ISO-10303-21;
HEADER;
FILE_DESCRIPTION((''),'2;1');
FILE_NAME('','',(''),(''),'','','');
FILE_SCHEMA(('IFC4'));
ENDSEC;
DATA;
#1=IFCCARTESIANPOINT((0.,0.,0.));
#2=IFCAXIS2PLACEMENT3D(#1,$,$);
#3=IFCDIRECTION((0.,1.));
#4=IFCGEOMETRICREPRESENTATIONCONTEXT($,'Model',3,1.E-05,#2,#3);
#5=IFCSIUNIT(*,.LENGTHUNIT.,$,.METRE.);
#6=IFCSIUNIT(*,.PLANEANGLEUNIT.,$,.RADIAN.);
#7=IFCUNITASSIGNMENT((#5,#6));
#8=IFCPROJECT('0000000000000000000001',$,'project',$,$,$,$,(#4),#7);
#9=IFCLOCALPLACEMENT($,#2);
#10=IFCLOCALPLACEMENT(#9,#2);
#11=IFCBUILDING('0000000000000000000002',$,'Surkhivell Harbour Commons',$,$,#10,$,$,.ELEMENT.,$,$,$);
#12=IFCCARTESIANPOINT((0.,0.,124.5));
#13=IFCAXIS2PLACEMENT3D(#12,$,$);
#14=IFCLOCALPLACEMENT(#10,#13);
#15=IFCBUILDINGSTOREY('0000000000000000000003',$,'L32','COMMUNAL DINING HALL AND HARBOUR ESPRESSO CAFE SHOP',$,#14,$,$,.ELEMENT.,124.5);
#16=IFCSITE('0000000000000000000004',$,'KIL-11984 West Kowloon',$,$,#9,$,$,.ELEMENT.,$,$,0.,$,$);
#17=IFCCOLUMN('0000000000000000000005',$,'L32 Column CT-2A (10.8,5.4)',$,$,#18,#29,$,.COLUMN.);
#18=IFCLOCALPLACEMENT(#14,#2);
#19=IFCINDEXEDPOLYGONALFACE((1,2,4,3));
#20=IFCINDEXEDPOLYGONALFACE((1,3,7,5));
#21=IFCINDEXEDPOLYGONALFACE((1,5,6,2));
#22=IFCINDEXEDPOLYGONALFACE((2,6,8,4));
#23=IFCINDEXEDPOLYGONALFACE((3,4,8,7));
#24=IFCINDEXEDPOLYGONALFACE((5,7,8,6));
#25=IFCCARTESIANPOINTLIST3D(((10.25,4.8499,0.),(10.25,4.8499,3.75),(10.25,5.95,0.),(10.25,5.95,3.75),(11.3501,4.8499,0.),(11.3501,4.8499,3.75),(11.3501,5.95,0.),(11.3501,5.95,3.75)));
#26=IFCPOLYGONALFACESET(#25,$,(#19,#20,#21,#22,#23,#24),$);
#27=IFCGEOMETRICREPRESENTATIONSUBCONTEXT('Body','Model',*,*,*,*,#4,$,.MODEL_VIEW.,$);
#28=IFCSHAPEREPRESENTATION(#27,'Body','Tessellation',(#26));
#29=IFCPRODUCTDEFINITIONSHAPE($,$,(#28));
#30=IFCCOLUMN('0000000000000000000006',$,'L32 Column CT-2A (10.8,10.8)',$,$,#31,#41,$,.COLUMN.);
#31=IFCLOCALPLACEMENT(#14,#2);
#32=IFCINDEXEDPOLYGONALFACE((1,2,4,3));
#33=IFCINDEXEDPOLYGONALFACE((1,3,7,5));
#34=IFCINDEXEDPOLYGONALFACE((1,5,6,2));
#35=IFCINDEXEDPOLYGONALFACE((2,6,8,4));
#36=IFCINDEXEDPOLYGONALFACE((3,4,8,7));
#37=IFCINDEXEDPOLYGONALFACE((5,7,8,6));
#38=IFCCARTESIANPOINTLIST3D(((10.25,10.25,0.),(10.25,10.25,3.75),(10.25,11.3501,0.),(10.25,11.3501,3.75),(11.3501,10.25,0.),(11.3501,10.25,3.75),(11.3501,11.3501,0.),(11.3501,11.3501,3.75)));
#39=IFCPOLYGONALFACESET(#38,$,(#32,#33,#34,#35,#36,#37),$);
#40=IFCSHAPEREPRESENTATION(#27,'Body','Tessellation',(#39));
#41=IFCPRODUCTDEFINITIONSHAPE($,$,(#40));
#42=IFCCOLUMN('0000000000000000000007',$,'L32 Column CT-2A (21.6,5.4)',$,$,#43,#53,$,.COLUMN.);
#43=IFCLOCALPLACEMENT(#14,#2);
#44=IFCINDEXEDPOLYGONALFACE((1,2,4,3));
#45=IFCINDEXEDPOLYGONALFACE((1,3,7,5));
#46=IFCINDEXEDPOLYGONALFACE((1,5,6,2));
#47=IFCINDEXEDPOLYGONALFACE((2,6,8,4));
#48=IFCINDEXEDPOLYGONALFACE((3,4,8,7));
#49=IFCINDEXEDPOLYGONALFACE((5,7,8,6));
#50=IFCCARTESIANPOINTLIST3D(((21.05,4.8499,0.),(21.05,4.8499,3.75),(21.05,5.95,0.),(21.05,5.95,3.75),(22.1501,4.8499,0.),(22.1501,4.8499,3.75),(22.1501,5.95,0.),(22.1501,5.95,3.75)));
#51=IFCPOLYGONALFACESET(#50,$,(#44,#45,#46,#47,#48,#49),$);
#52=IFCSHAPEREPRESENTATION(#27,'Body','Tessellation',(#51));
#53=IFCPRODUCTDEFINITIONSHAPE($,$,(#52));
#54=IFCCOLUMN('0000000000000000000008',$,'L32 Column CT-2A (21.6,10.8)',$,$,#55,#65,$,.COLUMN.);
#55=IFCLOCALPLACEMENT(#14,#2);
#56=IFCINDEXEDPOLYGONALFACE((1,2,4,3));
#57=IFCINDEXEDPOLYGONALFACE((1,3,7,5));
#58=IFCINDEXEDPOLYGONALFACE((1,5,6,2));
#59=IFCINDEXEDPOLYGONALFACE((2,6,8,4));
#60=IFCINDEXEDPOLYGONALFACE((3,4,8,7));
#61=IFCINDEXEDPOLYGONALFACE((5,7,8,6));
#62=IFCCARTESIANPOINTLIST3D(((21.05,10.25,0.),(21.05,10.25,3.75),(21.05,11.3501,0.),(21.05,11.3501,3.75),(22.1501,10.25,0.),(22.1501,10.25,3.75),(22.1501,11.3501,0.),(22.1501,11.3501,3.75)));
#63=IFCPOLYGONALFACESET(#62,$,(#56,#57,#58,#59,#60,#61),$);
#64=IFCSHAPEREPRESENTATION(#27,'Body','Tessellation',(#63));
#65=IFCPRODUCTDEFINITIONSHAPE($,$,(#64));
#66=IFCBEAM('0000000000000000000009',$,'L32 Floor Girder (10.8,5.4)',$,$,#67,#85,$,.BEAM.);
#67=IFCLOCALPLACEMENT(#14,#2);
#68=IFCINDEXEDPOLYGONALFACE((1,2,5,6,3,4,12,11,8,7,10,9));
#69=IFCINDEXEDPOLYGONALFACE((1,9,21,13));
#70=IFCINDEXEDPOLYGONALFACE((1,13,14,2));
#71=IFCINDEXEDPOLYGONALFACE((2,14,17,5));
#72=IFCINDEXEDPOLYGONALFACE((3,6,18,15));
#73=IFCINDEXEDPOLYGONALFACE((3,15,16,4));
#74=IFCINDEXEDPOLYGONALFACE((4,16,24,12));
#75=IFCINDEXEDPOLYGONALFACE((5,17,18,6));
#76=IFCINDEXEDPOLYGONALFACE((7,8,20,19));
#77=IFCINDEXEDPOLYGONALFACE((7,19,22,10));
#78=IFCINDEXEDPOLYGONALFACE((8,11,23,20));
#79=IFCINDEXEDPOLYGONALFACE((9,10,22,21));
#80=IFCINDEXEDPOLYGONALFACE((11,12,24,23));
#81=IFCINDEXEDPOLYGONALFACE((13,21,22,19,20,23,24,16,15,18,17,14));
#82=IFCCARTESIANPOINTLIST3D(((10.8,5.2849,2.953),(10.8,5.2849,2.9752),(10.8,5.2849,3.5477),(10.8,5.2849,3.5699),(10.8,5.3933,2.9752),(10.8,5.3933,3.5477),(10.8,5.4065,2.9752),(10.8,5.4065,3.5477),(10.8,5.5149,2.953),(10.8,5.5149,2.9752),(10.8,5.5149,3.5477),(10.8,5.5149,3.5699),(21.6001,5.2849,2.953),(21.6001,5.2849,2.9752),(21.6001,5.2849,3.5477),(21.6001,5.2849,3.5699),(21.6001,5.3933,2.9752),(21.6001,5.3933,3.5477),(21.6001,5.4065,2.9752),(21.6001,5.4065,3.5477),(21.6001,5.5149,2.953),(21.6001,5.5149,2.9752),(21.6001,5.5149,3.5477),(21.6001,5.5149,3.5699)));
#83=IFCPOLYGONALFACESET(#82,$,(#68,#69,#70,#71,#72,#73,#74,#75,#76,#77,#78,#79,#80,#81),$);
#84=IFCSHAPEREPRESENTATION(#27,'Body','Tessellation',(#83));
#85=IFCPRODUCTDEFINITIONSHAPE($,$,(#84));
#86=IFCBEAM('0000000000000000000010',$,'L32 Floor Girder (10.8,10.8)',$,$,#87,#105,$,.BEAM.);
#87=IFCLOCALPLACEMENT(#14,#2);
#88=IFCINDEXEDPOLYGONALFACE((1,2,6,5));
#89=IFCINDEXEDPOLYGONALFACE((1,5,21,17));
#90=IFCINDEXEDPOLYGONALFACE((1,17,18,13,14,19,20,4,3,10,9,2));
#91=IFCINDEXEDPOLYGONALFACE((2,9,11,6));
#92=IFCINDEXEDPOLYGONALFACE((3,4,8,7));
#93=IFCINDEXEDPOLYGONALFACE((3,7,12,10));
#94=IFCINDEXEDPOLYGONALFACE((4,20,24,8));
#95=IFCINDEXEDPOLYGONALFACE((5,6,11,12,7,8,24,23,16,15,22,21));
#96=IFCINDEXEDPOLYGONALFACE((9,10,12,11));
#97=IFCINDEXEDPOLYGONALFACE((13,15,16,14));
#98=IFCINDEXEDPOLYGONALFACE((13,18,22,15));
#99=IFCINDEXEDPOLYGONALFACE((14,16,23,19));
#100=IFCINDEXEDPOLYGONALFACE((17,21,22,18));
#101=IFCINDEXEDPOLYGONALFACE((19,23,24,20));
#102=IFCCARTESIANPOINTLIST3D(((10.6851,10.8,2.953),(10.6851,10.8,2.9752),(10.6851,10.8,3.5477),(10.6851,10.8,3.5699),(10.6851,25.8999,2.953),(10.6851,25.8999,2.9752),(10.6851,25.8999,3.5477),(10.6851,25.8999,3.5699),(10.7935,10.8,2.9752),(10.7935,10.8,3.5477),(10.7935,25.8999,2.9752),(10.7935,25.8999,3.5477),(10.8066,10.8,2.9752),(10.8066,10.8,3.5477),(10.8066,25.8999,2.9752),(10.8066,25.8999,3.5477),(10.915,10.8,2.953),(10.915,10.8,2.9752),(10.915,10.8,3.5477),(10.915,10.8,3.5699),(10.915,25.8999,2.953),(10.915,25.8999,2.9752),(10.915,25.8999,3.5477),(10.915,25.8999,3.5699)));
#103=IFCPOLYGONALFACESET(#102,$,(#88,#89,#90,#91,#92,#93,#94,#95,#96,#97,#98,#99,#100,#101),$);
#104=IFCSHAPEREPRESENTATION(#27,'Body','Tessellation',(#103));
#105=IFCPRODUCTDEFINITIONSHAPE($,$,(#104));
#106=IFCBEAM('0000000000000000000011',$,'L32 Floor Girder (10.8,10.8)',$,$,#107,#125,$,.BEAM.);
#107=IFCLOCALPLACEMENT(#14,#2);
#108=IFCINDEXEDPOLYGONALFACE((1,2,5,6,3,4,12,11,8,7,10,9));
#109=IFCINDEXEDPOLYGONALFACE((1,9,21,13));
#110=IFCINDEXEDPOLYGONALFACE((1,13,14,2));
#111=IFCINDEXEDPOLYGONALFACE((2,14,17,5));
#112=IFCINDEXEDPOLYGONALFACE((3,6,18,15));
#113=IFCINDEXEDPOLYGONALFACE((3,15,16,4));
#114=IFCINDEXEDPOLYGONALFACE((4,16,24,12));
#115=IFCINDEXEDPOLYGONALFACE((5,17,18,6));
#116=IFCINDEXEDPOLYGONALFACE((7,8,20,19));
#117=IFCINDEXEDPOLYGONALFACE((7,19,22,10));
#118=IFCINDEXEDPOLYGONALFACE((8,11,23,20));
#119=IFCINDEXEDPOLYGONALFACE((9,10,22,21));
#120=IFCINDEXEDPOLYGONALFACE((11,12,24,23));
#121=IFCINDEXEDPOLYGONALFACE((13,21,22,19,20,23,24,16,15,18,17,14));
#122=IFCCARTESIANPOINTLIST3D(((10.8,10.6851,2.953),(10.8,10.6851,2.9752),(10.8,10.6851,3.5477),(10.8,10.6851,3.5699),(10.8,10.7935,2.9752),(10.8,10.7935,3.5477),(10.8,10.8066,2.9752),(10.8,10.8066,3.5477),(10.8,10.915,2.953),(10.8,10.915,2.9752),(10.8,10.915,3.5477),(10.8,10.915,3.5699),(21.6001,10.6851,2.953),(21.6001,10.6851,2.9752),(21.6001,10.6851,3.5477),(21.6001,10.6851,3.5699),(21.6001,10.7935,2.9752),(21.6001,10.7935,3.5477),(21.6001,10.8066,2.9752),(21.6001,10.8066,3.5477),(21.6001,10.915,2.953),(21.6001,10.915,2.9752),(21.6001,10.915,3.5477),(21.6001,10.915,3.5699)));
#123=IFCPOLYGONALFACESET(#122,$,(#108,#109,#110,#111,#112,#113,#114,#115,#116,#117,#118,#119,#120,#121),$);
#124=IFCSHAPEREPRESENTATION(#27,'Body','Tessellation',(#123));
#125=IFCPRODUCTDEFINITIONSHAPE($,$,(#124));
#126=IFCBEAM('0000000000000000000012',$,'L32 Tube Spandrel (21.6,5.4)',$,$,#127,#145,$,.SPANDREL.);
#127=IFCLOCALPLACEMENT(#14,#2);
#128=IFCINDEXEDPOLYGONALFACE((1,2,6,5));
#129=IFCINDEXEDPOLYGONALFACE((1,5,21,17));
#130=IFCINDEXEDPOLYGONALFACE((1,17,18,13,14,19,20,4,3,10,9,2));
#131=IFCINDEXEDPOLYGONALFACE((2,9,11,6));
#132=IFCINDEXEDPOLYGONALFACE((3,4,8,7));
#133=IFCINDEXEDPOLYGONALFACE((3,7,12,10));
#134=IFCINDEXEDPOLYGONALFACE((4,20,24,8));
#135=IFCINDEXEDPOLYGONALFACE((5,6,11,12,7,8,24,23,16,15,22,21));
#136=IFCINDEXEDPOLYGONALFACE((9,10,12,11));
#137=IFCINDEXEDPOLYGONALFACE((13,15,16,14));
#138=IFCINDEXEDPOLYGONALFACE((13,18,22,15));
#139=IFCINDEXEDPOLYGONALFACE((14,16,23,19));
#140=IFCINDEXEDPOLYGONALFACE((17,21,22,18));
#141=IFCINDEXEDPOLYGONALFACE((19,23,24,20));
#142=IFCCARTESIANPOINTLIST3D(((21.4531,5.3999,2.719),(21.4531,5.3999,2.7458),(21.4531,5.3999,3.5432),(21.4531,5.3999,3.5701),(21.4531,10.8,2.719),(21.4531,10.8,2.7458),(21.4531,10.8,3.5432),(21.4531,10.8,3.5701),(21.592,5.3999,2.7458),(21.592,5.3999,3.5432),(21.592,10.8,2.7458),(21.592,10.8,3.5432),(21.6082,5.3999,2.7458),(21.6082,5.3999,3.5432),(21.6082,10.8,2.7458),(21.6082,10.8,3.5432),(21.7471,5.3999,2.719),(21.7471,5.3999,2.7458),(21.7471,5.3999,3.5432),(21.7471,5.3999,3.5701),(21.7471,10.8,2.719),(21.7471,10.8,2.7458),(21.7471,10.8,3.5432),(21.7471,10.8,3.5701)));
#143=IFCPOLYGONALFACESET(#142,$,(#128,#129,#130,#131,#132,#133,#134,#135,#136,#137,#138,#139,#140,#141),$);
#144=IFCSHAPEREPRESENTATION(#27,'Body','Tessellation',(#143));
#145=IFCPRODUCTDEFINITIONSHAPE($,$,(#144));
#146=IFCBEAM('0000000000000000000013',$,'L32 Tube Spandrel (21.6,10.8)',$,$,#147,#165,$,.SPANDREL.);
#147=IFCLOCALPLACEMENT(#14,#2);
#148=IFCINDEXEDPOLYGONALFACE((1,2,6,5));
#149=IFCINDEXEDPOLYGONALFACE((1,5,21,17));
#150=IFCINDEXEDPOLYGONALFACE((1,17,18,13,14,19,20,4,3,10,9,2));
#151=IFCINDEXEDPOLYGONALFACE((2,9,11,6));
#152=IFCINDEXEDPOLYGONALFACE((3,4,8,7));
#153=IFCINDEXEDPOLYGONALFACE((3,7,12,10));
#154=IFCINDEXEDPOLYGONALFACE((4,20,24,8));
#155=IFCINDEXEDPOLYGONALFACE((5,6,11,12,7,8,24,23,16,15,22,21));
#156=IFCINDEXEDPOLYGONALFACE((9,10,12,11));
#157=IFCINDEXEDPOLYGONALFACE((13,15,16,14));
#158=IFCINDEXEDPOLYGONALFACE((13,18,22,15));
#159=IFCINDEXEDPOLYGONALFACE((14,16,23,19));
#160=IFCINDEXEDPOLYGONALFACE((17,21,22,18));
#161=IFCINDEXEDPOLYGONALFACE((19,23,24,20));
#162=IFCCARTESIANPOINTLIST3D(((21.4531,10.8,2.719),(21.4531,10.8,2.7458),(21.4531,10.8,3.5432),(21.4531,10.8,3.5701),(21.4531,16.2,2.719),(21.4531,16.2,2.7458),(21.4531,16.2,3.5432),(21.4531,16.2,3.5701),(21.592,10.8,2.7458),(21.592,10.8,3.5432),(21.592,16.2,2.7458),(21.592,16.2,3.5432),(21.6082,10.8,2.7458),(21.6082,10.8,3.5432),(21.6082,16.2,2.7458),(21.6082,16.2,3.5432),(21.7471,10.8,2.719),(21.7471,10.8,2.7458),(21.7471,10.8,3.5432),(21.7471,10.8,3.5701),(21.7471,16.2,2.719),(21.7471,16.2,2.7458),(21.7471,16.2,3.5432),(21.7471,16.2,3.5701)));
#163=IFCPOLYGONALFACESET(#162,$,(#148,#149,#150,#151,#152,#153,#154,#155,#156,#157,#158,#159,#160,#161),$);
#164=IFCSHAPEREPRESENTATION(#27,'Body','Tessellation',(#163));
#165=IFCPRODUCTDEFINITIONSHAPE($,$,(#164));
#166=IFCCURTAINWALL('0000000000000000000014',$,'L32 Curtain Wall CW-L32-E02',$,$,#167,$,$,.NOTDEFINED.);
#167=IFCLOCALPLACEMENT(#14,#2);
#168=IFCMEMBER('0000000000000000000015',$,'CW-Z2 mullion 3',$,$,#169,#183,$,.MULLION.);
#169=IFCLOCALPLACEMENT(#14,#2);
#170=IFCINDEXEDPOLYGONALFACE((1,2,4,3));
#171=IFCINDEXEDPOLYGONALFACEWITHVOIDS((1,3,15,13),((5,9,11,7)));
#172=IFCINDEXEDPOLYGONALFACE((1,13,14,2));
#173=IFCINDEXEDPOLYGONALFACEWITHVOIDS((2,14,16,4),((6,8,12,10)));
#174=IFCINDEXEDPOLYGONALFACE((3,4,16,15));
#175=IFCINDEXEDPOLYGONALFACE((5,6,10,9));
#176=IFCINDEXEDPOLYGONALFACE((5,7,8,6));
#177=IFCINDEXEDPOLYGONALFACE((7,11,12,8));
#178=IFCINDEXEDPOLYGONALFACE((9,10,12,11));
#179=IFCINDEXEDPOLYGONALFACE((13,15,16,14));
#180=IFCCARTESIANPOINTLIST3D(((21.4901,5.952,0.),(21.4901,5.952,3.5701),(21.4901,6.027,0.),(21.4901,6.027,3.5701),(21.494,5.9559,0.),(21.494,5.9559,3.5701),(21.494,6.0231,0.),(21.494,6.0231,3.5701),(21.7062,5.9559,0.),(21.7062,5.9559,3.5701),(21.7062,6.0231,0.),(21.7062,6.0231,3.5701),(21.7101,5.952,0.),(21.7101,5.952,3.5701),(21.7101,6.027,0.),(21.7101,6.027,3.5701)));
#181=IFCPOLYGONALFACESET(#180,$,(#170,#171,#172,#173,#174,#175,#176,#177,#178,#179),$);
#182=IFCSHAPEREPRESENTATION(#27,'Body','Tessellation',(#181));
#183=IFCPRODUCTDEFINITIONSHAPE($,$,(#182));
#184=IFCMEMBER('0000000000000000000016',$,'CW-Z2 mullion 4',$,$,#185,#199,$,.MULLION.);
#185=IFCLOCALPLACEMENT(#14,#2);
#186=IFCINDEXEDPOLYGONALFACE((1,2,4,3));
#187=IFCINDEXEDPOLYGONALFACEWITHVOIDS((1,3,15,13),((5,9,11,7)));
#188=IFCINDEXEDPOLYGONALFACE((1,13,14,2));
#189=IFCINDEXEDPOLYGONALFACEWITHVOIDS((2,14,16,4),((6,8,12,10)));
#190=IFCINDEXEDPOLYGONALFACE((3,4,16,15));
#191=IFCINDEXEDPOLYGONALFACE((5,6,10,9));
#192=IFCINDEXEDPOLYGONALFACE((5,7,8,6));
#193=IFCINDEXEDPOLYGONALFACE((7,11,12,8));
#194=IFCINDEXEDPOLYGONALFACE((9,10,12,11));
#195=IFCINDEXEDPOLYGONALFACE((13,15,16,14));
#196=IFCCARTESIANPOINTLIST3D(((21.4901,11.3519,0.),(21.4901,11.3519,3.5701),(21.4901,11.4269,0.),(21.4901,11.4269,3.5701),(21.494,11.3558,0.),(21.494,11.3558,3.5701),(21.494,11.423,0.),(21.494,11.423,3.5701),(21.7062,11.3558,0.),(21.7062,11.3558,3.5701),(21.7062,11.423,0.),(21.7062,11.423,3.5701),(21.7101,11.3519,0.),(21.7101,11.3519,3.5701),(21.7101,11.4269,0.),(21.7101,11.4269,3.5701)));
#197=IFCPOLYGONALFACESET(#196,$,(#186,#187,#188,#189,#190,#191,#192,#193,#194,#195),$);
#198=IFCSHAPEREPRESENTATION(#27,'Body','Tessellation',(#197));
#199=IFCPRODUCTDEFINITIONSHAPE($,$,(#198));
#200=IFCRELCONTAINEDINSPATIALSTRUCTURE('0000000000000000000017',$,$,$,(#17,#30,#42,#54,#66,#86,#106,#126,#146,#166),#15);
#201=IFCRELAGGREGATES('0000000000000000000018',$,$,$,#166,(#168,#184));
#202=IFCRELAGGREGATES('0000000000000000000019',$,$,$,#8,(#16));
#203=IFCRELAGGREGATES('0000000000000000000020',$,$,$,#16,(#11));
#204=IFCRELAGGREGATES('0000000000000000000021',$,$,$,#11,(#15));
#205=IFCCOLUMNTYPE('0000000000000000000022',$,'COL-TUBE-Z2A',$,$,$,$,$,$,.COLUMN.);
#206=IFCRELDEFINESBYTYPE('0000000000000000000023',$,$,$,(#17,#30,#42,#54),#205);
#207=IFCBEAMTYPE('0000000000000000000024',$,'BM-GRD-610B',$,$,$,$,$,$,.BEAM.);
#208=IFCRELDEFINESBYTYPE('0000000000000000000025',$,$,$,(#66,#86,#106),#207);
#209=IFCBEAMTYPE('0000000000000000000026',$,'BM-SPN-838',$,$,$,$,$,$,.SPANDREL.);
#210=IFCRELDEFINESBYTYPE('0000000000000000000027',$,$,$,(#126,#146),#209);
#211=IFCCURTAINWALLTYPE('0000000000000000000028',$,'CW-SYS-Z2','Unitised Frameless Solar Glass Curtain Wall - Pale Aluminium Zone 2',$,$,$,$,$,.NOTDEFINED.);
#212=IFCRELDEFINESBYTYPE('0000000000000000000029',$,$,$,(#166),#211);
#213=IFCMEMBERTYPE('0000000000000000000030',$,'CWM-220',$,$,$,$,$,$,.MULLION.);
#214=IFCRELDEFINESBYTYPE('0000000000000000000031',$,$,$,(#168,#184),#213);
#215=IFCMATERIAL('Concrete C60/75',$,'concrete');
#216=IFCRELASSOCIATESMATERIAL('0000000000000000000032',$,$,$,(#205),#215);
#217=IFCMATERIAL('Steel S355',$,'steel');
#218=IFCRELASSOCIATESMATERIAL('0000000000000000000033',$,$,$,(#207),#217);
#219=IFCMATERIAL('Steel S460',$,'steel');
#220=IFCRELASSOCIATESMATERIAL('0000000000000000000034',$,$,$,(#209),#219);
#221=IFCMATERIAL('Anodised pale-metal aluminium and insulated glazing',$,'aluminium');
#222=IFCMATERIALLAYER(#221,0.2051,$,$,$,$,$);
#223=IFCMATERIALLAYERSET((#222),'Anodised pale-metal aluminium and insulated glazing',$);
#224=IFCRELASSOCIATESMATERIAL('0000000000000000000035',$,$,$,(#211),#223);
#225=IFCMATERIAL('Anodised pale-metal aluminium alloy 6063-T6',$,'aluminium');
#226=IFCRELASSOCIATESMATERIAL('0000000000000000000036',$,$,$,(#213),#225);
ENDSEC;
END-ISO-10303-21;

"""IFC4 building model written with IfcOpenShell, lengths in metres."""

from ifc_helpers import new_model, si_unit, direction, frame, origin, origin_2d, place, context, subcontext, project, spatial, rectangle, hollow_rectangle, i_section, extrude, material, layer, layer_set, material_profile, profile_set, type_object, element, aggregate, save


model = new_model("IFC4")

# Units and contexts
model_context = context("Model", 3, precision=1e-05, world=origin(), true_north=direction((0.0, 1.0)))
body_context = subcontext(model_context, "Body", "Model", "MODEL_VIEW")
ifc_project = project(units=[si_unit("LENGTHUNIT", "METRE"), si_unit("PLANEANGLEUNIT", "RADIAN")], contexts=[model_context])

# Site, building, storey
site_placement = place(None, origin())
site = spatial("IfcSite", under=ifc_project, at=site_placement, Name="KIL-11984 West Kowloon", CompositionType="ELEMENT", RefElevation=0.0)
building_placement = place(site_placement, origin())
building = spatial("IfcBuilding", under=site, at=building_placement, Name="Surkhivell Harbour Commons", CompositionType="ELEMENT")
storey_placement = place(building_placement, frame((0.0, 0.0, 124.5)))
storey = spatial("IfcBuildingStorey", under=building, at=storey_placement, Name="L32", Description="COMMUNAL DINING HALL AND HARBOUR ESPRESSO CAFE SHOP", CompositionType="ELEMENT", Elevation=124.5)

# Columns
ifc_material_1 = material(Name="Concrete C60/75", Category="concrete")
ifc_material_profile_1 = material_profile(ifc_material_1, rectangle(XDim=1.1001, YDim=1.1001, at=origin_2d()), Name="RC-COL-1100x1100")
ifc_profile_set_1 = profile_set([ifc_material_profile_1], Name="Concrete C60/75")
column_type = type_object("IfcColumnType", Name="COL-TUBE-Z2A", PredefinedType="COLUMN", material=ifc_profile_set_1)
for number, where, z_axis, x_axis, name in (
    (1, (10.8, 5.3999, 0.0), (0.0, 0.0, 1.0), (1.0, 0.0, 0.0), "L32 Column CT-2A (10.8,5.4)"),
    (2, (10.8, 10.8, 0.0), (0.0, 0.0, 1.0), (1.0, 0.0, 0.0), "L32 Column CT-2A (10.8,10.8)"),
    (3, (21.6001, 5.3999, 0.0), (0.0, 0.0, 1.0), (1.0, 0.0, 0.0), "L32 Column CT-2A (21.6,5.4)"),
    (4, (21.6001, 10.8, 0.0), (0.0, 0.0, 1.0), (1.0, 0.0, 0.0), "L32 Column CT-2A (21.6,10.8)"),
):
    element("IfcColumn", number, at=place(storey_placement, frame(where, z_axis=z_axis, x_axis=x_axis)), inside=storey, type_object=column_type, Name=name, PredefinedType="COLUMN", context=body_context, shape_type="SweptSolid", body=[
        extrude(rectangle(XDim=1.1001, YDim=1.1001, at=origin_2d()), origin(), (0.0, 0.0, 1.0), 3.75),
    ])

# Beams
ifc_material_2 = material(Name="Steel S355", Category="steel")
ifc_material_profile_2 = material_profile(ifc_material_2, i_section(OverallWidth=0.23, OverallDepth=0.6169, WebThickness=0.0132, FlangeThickness=0.0222, at=origin_2d()), Name="UB610x229x140")
ifc_profile_set_2 = profile_set([ifc_material_profile_2], Name="Steel S355")
beam_type_1 = type_object("IfcBeamType", Name="BM-GRD-610B", PredefinedType="BEAM", material=ifc_profile_set_2)
beam_1_placement = place(storey_placement, frame((10.8, 5.3999, 3.2615), z_axis=(1.0, 0.0, 0.0), x_axis=(0.0, 1.0, 0.0)))
element("IfcBeam", 5, at=beam_1_placement, inside=storey, type_object=beam_type_1, Name="L32 Floor Girder (10.8,5.4)", PredefinedType="BEAM", context=body_context, shape_type="SweptSolid", body=[
    extrude(i_section(OverallWidth=0.23, OverallDepth=0.6169, WebThickness=0.0132, FlangeThickness=0.0222, at=origin_2d()), origin(), (0.0, 0.0, 1.0), 10.8),
])
beam_2_placement = place(storey_placement, frame((10.8, 10.8, 3.2615), z_axis=(0.0, 1.0, 0.0), x_axis=(-1.0, 0.0, 0.0)))
element("IfcBeam", 6, at=beam_2_placement, inside=storey, type_object=beam_type_1, Name="L32 Floor Girder (10.8,10.8)", PredefinedType="BEAM", context=body_context, shape_type="SweptSolid", body=[
    extrude(i_section(OverallWidth=0.23, OverallDepth=0.6169, WebThickness=0.0132, FlangeThickness=0.0222, at=origin_2d()), origin(), (0.0, 0.0, 1.0), 15.0999),
])
beam_3_placement = place(storey_placement, frame((10.8, 10.8, 3.2615), z_axis=(1.0, 0.0, 0.0), x_axis=(0.0, 1.0, 0.0)))
element("IfcBeam", 7, at=beam_3_placement, inside=storey, type_object=beam_type_1, Name="L32 Floor Girder (10.8,10.8)", PredefinedType="BEAM", context=body_context, shape_type="SweptSolid", body=[
    extrude(i_section(OverallWidth=0.23, OverallDepth=0.6169, WebThickness=0.0132, FlangeThickness=0.0222, at=origin_2d()), origin(), (0.0, 0.0, 1.0), 10.8),
])
ifc_material_3 = material(Name="Steel S460", Category="steel")
ifc_material_profile_3 = material_profile(ifc_material_3, i_section(OverallWidth=0.2939, OverallDepth=0.8511, WebThickness=0.0161, FlangeThickness=0.0269, at=origin_2d()), Name="UB838x292x226")
ifc_profile_set_3 = profile_set([ifc_material_profile_3], Name="Steel S460")
beam_type_2 = type_object("IfcBeamType", Name="BM-SPN-838", PredefinedType="SPANDREL", material=ifc_profile_set_3)
beam_4_placement = place(storey_placement, frame((21.6001, 5.3999, 3.1445), z_axis=(0.0, 1.0, 0.0), x_axis=(-1.0, 0.0, 0.0)))
element("IfcBeam", 8, at=beam_4_placement, inside=storey, type_object=beam_type_2, Name="L32 Tube Spandrel (21.6,5.4)", PredefinedType="SPANDREL", context=body_context, shape_type="SweptSolid", body=[
    extrude(i_section(OverallWidth=0.2939, OverallDepth=0.8511, WebThickness=0.0161, FlangeThickness=0.0269, at=origin_2d()), origin(), (0.0, 0.0, 1.0), 5.4001),
])
beam_5_placement = place(storey_placement, frame((21.6001, 10.8, 3.1445), z_axis=(0.0, 1.0, 0.0), x_axis=(-1.0, 0.0, 0.0)))
element("IfcBeam", 9, at=beam_5_placement, inside=storey, type_object=beam_type_2, Name="L32 Tube Spandrel (21.6,10.8)", PredefinedType="SPANDREL", context=body_context, shape_type="SweptSolid", body=[
    extrude(i_section(OverallWidth=0.2939, OverallDepth=0.8511, WebThickness=0.0161, FlangeThickness=0.0269, at=origin_2d()), origin(), (0.0, 0.0, 1.0), 5.3999),
])

# Curtain wall, members
ifc_material_4 = material(Name="Anodised pale-metal aluminium and insulated glazing", Category="aluminium")
ifc_layer_1 = layer(ifc_material_4, 0.2051)
ifc_layer_set_1 = layer_set([ifc_layer_1], Name="Anodised pale-metal aluminium and insulated glazing")
curtain_wall_type = type_object("IfcCurtainWallType", Name="CW-SYS-Z2", Description="Unitised Frameless Solar Glass Curtain Wall - Pale Aluminium Zone 2", PredefinedType="NOTDEFINED", material=ifc_layer_set_1)
curtain_wall_placement = place(storey_placement, origin())
curtain_wall = element("IfcCurtainWall", 10, at=curtain_wall_placement, inside=storey, type_object=curtain_wall_type, Name="L32 Curtain Wall CW-L32-E02", PredefinedType="NOTDEFINED")
ifc_material_5 = material(Name="Anodised pale-metal aluminium alloy 6063-T6", Category="aluminium")
ifc_material_profile_4 = material_profile(ifc_material_5, hollow_rectangle(XDim=0.075, YDim=0.22, WallThickness=0.0039, at=origin_2d()), Name="ALU-MULL-75x220")
ifc_profile_set_4 = profile_set([ifc_material_profile_4], Name="Anodised pale-metal aluminium alloy 6063-T6")
member_type_1 = type_object("IfcMemberType", Name="CWM-220", PredefinedType="MULLION", material=ifc_profile_set_4)
member_1_placement = place(storey_placement, frame((21.6001, 5.9895, 0.0), z_axis=(0.0, 0.0, 1.0), x_axis=(0.0, 1.0, 0.0)))
member_1 = element("IfcMember", 11, at=member_1_placement, type_object=member_type_1, Name="CW-Z2 mullion 3", PredefinedType="MULLION", context=body_context, shape_type="SweptSolid", body=[
    extrude(hollow_rectangle(XDim=0.075, YDim=0.22, WallThickness=0.0039, at=origin_2d()), origin(), (0.0, 0.0, 1.0), 3.5701),
])
member_2_placement = place(storey_placement, frame((21.6001, 11.3894, 0.0), z_axis=(0.0, 0.0, 1.0), x_axis=(0.0, 1.0, 0.0)))
member_2 = element("IfcMember", 12, at=member_2_placement, type_object=member_type_1, Name="CW-Z2 mullion 4", PredefinedType="MULLION", context=body_context, shape_type="SweptSolid", body=[
    extrude(hollow_rectangle(XDim=0.075, YDim=0.22, WallThickness=0.0039, at=origin_2d()), origin(), (0.0, 0.0, 1.0), 3.5701),
])
aggregate(curtain_wall, [member_1, member_2])

save(model, "model.ifc")
